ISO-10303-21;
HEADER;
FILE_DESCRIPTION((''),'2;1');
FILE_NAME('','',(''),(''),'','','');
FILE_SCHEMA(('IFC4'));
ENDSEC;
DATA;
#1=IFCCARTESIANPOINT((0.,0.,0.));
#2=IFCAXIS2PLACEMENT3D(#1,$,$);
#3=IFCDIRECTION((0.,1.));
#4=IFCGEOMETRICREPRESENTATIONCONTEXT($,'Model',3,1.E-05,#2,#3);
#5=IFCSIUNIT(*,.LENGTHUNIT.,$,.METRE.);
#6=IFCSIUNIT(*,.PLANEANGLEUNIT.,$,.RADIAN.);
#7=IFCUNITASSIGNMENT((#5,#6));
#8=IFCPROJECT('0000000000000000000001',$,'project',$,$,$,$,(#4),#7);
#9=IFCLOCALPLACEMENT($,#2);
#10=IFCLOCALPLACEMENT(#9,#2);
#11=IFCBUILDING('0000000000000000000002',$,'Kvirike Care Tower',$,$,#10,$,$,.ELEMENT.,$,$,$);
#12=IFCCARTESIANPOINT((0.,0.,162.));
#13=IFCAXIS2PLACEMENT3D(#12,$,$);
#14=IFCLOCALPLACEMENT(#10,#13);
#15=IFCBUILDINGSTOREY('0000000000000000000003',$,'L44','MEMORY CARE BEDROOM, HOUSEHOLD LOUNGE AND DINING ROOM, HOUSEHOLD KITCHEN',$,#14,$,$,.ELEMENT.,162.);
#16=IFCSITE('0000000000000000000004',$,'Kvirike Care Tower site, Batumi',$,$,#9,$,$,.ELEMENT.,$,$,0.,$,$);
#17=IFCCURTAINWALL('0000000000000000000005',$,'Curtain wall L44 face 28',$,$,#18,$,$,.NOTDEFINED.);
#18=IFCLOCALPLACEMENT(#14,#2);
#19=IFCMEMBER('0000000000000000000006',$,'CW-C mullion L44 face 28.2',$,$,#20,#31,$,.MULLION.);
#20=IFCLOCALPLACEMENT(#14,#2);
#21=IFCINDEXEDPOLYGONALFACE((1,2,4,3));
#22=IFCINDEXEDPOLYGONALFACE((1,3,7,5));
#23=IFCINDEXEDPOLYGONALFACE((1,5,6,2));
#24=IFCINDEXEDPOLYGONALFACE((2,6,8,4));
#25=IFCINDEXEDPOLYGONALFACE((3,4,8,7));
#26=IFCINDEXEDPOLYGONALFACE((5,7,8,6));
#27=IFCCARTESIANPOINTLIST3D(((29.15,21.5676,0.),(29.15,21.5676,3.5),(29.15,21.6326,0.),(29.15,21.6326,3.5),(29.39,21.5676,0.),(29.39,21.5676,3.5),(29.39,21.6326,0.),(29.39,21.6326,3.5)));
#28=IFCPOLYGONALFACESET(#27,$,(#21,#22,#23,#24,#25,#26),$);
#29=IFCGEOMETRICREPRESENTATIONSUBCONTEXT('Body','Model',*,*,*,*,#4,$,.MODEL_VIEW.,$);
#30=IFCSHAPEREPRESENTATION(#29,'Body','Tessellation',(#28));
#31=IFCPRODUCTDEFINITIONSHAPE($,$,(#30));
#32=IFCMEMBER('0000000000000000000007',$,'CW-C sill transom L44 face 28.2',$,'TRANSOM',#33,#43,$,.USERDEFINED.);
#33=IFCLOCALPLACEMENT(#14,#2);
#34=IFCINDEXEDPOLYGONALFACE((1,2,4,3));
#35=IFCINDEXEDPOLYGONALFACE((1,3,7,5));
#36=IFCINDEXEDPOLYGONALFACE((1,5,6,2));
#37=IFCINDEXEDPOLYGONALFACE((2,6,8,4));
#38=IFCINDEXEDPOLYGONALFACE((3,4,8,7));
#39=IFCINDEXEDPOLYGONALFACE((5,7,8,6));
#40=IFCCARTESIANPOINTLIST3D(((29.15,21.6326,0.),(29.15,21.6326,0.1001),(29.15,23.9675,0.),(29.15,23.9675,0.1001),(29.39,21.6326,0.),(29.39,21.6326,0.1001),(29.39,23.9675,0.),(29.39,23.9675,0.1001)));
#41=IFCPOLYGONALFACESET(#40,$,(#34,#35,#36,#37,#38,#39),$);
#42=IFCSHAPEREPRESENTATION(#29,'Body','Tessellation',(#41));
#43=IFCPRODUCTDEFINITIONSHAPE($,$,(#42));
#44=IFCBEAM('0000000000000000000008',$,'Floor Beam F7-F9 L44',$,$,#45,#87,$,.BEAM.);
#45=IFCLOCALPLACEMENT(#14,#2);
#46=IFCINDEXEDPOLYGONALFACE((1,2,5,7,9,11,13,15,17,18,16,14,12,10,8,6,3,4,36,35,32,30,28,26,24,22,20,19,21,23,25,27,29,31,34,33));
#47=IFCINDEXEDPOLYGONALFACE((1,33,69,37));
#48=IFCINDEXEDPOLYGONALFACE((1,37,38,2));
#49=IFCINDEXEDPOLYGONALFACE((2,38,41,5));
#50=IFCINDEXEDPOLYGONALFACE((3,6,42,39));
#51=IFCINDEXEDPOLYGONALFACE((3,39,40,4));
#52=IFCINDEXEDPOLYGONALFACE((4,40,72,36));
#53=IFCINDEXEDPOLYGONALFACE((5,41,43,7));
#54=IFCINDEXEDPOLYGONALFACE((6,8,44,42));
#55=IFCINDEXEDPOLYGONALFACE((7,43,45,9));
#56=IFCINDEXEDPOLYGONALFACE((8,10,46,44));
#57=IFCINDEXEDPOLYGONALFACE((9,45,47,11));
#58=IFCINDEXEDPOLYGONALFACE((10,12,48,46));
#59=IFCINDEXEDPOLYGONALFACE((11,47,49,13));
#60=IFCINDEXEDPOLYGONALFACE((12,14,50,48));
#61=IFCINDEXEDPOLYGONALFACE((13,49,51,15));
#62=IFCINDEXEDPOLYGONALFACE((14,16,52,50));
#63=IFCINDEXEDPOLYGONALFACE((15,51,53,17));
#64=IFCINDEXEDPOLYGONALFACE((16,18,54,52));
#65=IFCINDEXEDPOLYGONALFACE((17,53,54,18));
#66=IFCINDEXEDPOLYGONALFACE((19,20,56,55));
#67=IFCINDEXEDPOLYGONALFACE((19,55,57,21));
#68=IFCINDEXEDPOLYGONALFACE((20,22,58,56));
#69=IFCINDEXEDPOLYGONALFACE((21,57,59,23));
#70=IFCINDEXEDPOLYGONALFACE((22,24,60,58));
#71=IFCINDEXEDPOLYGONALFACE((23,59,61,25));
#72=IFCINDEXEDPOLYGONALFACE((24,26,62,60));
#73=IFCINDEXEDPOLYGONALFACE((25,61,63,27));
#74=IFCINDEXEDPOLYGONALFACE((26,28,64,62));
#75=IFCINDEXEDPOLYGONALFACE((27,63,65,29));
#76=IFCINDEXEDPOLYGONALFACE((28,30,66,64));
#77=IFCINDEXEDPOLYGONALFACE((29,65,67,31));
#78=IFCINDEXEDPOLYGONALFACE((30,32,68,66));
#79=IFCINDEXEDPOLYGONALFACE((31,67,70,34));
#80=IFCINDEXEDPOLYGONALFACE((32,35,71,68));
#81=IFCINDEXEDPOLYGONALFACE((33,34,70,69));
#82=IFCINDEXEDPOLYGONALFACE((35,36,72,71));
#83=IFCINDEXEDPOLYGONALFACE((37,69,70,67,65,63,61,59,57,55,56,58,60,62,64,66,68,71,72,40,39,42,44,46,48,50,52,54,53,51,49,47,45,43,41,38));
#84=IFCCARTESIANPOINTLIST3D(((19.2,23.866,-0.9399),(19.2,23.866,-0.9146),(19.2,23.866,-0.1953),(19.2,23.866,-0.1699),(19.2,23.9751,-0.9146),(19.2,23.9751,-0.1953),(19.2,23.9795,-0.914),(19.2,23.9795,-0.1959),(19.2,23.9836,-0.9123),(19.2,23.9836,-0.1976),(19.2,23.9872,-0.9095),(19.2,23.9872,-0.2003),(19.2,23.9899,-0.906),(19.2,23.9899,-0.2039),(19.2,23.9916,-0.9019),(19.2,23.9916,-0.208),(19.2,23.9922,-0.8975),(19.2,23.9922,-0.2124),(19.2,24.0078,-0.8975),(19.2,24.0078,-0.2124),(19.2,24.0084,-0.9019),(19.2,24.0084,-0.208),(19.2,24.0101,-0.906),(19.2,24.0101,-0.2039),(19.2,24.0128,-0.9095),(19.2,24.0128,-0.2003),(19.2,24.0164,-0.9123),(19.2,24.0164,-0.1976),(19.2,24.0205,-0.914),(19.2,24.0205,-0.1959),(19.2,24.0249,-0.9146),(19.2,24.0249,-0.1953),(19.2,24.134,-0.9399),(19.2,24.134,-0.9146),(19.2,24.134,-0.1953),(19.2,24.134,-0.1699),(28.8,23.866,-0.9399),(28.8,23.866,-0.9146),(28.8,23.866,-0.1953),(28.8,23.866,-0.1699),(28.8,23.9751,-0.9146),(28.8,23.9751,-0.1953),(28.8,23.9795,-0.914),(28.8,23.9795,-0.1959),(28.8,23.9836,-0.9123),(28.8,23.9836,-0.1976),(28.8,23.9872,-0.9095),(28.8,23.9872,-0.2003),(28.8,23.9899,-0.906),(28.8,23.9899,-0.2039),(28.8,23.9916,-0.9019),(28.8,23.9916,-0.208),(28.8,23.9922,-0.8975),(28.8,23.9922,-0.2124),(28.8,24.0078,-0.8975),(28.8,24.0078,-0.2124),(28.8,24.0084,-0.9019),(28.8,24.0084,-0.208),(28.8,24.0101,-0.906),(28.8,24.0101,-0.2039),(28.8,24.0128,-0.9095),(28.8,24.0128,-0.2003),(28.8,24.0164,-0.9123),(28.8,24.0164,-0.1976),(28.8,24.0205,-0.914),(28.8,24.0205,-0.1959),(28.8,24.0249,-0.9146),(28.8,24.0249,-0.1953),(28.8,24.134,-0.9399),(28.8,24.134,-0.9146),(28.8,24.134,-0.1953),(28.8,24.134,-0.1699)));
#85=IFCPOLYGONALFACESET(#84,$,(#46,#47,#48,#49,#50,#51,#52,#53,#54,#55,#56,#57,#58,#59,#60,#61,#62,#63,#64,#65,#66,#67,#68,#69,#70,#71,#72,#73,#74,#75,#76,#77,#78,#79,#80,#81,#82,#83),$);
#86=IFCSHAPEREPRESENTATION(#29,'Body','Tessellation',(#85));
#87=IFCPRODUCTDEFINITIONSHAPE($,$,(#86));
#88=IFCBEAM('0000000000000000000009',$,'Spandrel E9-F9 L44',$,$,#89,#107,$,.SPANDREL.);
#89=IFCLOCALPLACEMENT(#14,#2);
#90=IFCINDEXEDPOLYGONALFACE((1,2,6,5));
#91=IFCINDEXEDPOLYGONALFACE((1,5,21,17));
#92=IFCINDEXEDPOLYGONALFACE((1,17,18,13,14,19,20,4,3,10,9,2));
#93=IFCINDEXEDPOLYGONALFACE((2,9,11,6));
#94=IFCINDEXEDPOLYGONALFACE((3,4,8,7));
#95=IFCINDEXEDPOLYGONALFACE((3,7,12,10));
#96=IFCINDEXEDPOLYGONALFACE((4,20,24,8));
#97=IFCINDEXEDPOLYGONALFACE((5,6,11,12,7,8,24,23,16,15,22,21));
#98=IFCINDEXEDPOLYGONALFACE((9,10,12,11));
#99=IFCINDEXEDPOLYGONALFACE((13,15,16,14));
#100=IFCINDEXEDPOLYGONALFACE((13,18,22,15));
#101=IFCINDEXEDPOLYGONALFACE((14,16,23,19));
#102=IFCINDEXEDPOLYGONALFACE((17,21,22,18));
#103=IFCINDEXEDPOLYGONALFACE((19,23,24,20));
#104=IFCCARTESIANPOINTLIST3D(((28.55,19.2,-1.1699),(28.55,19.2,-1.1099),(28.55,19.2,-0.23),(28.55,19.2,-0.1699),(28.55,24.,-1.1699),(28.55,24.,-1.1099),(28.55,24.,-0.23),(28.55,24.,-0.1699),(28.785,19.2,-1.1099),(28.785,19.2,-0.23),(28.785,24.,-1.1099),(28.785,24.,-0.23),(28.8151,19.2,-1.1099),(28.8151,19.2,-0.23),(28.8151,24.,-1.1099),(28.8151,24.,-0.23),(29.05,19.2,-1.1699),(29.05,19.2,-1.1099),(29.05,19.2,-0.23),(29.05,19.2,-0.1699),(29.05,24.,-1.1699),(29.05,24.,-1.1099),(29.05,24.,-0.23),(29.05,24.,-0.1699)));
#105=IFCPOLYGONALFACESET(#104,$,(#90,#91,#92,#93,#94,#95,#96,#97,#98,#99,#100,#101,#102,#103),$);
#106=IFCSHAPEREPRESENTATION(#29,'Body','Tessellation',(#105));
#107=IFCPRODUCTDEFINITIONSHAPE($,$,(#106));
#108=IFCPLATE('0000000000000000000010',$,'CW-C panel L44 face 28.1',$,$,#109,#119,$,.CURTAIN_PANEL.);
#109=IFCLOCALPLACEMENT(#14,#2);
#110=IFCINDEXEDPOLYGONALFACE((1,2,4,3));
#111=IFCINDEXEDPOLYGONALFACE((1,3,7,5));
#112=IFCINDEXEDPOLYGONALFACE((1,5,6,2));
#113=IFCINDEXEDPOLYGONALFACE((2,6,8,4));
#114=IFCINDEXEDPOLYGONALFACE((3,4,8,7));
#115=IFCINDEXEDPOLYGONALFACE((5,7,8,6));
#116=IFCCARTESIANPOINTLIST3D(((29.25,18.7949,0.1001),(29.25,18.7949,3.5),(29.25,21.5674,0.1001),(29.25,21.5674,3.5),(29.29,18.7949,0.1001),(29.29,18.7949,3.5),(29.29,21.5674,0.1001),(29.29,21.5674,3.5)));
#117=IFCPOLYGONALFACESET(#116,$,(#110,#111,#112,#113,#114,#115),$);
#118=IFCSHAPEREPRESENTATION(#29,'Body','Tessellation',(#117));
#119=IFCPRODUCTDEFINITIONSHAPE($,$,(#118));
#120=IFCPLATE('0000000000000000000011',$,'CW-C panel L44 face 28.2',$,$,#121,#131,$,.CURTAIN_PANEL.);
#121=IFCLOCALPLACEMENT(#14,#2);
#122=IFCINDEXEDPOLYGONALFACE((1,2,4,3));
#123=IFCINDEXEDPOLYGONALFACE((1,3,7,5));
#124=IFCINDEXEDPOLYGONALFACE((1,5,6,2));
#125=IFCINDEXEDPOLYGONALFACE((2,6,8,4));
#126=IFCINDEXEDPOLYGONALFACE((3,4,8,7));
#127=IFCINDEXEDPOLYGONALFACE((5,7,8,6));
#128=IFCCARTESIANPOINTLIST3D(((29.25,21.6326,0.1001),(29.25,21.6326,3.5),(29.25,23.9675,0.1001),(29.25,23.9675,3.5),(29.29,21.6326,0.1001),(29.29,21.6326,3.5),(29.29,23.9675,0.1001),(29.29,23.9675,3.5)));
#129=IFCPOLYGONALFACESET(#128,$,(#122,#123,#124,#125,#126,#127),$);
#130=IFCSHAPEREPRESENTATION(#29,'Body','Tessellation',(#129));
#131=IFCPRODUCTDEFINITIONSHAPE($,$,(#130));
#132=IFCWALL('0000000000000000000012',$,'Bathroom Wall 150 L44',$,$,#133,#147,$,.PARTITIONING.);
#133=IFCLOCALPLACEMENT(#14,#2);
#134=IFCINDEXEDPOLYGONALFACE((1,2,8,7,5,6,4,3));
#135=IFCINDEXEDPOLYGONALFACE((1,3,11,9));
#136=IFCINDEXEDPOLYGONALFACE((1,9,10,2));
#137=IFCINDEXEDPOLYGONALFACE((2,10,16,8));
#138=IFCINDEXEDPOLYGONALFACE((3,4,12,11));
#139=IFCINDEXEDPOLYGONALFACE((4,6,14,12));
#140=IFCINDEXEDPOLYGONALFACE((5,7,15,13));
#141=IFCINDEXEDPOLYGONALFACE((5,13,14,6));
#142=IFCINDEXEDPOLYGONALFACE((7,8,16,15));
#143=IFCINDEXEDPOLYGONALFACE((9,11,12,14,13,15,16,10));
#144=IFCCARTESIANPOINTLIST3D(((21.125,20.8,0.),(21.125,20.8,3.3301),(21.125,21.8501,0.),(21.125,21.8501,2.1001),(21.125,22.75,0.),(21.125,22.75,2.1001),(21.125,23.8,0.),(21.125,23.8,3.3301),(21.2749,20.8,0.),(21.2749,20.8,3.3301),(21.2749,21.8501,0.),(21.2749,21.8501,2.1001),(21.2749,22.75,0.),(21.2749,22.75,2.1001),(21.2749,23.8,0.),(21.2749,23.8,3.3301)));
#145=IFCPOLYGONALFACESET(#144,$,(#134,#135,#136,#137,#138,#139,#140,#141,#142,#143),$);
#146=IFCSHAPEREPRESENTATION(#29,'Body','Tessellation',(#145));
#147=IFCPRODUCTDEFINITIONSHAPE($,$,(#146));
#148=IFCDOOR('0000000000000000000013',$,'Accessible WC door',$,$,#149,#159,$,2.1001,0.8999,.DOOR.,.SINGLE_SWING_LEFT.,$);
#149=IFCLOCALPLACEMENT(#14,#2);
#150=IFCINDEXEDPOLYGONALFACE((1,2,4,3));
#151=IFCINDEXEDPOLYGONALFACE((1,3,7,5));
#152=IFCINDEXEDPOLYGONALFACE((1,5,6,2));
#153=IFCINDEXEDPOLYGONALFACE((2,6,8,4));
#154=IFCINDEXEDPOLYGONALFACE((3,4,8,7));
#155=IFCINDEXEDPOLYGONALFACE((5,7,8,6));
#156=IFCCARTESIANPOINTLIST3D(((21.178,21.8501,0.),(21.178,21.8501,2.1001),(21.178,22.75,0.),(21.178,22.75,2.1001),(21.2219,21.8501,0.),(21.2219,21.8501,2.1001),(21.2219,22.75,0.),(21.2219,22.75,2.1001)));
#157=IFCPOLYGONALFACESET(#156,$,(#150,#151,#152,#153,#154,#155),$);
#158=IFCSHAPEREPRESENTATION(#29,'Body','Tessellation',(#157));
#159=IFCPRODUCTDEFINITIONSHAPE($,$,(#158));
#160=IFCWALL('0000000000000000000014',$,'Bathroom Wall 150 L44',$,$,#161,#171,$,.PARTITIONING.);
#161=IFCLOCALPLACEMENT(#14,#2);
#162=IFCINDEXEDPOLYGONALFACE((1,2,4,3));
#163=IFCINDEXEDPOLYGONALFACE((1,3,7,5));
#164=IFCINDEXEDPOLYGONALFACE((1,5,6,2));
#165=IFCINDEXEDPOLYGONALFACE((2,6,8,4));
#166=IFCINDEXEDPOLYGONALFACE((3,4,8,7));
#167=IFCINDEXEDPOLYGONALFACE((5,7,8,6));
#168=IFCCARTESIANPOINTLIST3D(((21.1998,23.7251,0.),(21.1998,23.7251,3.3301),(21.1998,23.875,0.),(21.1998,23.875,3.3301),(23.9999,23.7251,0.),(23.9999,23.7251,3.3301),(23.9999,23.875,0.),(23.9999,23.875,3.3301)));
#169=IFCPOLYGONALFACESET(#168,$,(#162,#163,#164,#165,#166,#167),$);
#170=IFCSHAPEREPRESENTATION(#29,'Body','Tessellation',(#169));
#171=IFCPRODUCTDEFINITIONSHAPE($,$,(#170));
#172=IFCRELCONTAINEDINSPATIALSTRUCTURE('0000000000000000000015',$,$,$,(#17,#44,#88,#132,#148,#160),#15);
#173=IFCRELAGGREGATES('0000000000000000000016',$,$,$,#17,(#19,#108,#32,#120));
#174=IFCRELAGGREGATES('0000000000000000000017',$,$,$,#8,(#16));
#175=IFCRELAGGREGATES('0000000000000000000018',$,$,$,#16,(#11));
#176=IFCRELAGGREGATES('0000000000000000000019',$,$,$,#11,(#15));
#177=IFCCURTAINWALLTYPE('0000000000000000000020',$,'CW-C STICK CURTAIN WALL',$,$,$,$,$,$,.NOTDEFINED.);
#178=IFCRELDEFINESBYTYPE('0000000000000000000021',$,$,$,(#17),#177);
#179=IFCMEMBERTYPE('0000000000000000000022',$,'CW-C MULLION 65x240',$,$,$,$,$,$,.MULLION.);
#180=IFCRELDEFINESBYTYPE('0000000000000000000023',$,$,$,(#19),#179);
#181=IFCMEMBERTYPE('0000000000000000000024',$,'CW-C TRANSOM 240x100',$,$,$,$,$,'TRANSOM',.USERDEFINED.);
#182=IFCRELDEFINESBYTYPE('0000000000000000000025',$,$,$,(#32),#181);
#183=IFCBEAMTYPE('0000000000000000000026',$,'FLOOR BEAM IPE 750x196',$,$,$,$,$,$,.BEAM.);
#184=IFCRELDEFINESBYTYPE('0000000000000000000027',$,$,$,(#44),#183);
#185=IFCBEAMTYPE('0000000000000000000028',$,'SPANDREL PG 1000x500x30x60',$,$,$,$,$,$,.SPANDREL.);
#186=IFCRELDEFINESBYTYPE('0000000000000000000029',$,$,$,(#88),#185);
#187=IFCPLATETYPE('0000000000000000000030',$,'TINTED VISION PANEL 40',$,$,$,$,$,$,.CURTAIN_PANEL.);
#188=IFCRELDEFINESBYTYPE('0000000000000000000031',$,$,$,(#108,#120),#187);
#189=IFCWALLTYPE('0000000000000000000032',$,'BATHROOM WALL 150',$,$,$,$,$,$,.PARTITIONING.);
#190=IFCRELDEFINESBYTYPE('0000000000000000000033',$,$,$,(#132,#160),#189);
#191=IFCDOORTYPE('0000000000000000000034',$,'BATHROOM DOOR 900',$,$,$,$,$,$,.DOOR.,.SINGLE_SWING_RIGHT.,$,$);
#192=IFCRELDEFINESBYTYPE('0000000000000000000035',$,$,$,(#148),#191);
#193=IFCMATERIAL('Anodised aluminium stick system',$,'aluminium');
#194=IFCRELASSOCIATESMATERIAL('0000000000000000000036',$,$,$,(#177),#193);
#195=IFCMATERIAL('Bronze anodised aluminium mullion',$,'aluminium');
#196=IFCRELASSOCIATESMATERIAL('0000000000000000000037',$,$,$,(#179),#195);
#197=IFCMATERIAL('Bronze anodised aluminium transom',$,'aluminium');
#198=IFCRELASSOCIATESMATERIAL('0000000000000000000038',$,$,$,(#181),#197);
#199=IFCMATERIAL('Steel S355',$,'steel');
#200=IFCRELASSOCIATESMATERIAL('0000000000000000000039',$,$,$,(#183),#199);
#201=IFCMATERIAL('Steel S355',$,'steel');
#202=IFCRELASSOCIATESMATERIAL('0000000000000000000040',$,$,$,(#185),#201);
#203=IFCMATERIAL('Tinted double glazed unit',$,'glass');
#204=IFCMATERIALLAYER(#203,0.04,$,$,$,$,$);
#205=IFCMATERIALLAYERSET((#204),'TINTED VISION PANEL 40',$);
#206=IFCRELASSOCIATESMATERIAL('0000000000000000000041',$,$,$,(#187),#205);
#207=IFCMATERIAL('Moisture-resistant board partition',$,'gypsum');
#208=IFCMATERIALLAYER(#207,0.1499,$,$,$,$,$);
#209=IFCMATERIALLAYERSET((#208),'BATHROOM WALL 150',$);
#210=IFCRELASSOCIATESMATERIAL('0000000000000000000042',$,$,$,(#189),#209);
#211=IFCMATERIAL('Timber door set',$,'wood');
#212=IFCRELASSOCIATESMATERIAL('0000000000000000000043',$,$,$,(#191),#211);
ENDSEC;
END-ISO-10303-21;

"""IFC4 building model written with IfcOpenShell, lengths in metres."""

from ifc_helpers import new_model, si_unit, direction, frame, frame_2d, origin, origin_2d, place, context, subcontext, project, spatial, rectangle, i_section, extrude, material, layer, layer_set, material_profile, profile_set, type_object, element, fill, aggregate, save


model = new_model("IFC4")

# Units and contexts
model_context = context("Model", 3, precision=1e-05, world=origin(), true_north=direction((0.0, 1.0)))
body_context = subcontext(model_context, "Body", "Model", "MODEL_VIEW")
ifc_project = project(units=[si_unit("LENGTHUNIT", "METRE"), si_unit("PLANEANGLEUNIT", "RADIAN")], contexts=[model_context])

# Site, building, storey
site_placement = place(None, origin())
site = spatial("IfcSite", under=ifc_project, at=site_placement, Name="Kvirike Care Tower site, Batumi", CompositionType="ELEMENT", RefElevation=0.0)
building_placement = place(site_placement, origin())
building = spatial("IfcBuilding", under=site, at=building_placement, Name="Kvirike Care Tower", CompositionType="ELEMENT")
storey_placement = place(building_placement, frame((0.0, 0.0, 162.0)))
storey = spatial("IfcBuildingStorey", under=building, at=storey_placement, Name="L44", Description="MEMORY CARE BEDROOM, HOUSEHOLD LOUNGE AND DINING ROOM, HOUSEHOLD KITCHEN", CompositionType="ELEMENT", Elevation=162.0)

# Curtain wall, members
ifc_material_1 = material(Name="Anodised aluminium stick system", Category="aluminium")
curtain_wall_type = type_object("IfcCurtainWallType", Name="CW-C STICK CURTAIN WALL", PredefinedType="NOTDEFINED", material=ifc_material_1)
curtain_wall_placement = place(storey_placement, origin())
curtain_wall = element("IfcCurtainWall", 1, at=curtain_wall_placement, inside=storey, type_object=curtain_wall_type, Name="Curtain wall L44 face 28", PredefinedType="NOTDEFINED")
ifc_material_2 = material(Name="Bronze anodised aluminium mullion", Category="aluminium")
ifc_material_profile_1 = material_profile(ifc_material_2, rectangle(XDim=0.0649, YDim=0.24, at=origin_2d()), Name="CW-C MULLION 65x240")
ifc_profile_set_1 = profile_set([ifc_material_profile_1], Name="Bronze anodised aluminium mullion")
member_type_1 = type_object("IfcMemberType", Name="CW-C MULLION 65x240", PredefinedType="MULLION", material=ifc_profile_set_1)
member_1_placement = place(storey_placement, frame((29.27, 21.6001, 0.0), z_axis=(0.0, 0.0, 1.0), x_axis=(0.0, 1.0, 0.0)))
member_1 = element("IfcMember", 2, at=member_1_placement, type_object=member_type_1, Name="CW-C mullion L44 face 28.2", PredefinedType="MULLION", context=body_context, shape_type="SweptSolid", body=[
    extrude(rectangle(XDim=0.0649, YDim=0.24, at=origin_2d()), origin(), (0.0, 0.0, 1.0), 3.5),
])
ifc_material_3 = material(Name="Bronze anodised aluminium transom", Category="aluminium")
ifc_material_profile_2 = material_profile(ifc_material_3, rectangle(XDim=0.24, YDim=0.1001, at=origin_2d()), Name="CW-C TRANSOM 240x100")
ifc_profile_set_2 = profile_set([ifc_material_profile_2], Name="Bronze anodised aluminium transom")
member_type_2 = type_object("IfcMemberType", Name="CW-C TRANSOM 240x100", ElementType="TRANSOM", PredefinedType="USERDEFINED", material=ifc_profile_set_2)
member_2_placement = place(storey_placement, frame((29.27, 21.6326, 0.05), z_axis=(0.0, 1.0, 0.0), x_axis=(-1.0, 0.0, 0.0)))
member_2 = element("IfcMember", 3, at=member_2_placement, type_object=member_type_2, Name="CW-C sill transom L44 face 28.2", ObjectType="TRANSOM", PredefinedType="USERDEFINED", context=body_context, shape_type="SweptSolid", body=[
    extrude(rectangle(XDim=0.24, YDim=0.1001, at=origin_2d()), origin(), (0.0, 0.0, 1.0), 2.335),
])

# Beams
ifc_material_4 = material(Name="Steel S355", Category="steel")
ifc_material_profile_3 = material_profile(ifc_material_4, i_section(OverallWidth=0.2681, OverallDepth=0.77, WebThickness=0.0156, FlangeThickness=0.0254, FilletRadius=0.0171, at=origin_2d()), Name="IPE 750x196")
ifc_profile_set_3 = profile_set([ifc_material_profile_3], Name="Steel S355")
beam_type_1 = type_object("IfcBeamType", Name="FLOOR BEAM IPE 750x196", PredefinedType="BEAM", material=ifc_profile_set_3)
beam_1_placement = place(storey_placement, frame((19.2, 24.0, -0.5549), z_axis=(1.0, 0.0, 0.0), x_axis=(0.0, 1.0, 0.0)))
element("IfcBeam", 4, at=beam_1_placement, inside=storey, type_object=beam_type_1, Name="Floor Beam F7-F9 L44", PredefinedType="BEAM", context=body_context, shape_type="SweptSolid", body=[
    extrude(i_section(OverallWidth=0.2681, OverallDepth=0.77, WebThickness=0.0156, FlangeThickness=0.0254, FilletRadius=0.0171, at=origin_2d()), origin(), (0.0, 0.0, 1.0), 9.6001),
])
ifc_material_5 = material(Name="Steel S355", Category="steel")
ifc_material_profile_4 = material_profile(ifc_material_5, i_section(OverallWidth=0.5, OverallDepth=1.0, WebThickness=0.03, FlangeThickness=0.0601, at=origin_2d()), Name="PG 1000x500x30x60")
ifc_profile_set_4 = profile_set([ifc_material_profile_4], Name="Steel S355")
beam_type_2 = type_object("IfcBeamType", Name="SPANDREL PG 1000x500x30x60", PredefinedType="SPANDREL", material=ifc_profile_set_4)
beam_2_placement = place(storey_placement, frame((28.8, 19.2, -0.6699), z_axis=(0.0, 1.0, 0.0), x_axis=(-1.0, 0.0, 0.0)))
element("IfcBeam", 5, at=beam_2_placement, inside=storey, type_object=beam_type_2, Name="Spandrel E9-F9 L44", PredefinedType="SPANDREL", context=body_context, shape_type="SweptSolid", body=[
    extrude(i_section(OverallWidth=0.5, OverallDepth=1.0, WebThickness=0.03, FlangeThickness=0.0601, at=origin_2d()), origin(), (0.0, 0.0, 1.0), 4.8),
])

# Plates
ifc_material_6 = material(Name="Tinted double glazed unit", Category="glass")
ifc_layer_1 = layer(ifc_material_6, 0.04)
ifc_layer_set_1 = layer_set([ifc_layer_1], Name="TINTED VISION PANEL 40")
plate_type = type_object("IfcPlateType", Name="TINTED VISION PANEL 40", PredefinedType="CURTAIN_PANEL", material=ifc_layer_set_1)
plate_1_placement = place(storey_placement, frame((29.27, 20.1812, 0.1001), z_axis=(0.0, 0.0, 1.0), x_axis=(0.0, 1.0, 0.0)))
plate_1 = element("IfcPlate", 6, at=plate_1_placement, type_object=plate_type, Name="CW-C panel L44 face 28.1", PredefinedType="CURTAIN_PANEL", context=body_context, shape_type="SweptSolid", body=[
    extrude(rectangle(XDim=2.7725, YDim=0.04, at=origin_2d()), origin(), (0.0, 0.0, 1.0), 3.3999),
])
plate_2_placement = place(storey_placement, frame((29.27, 22.8, 0.1001), z_axis=(0.0, 0.0, 1.0), x_axis=(0.0, 1.0, 0.0)))
plate_2 = element("IfcPlate", 7, at=plate_2_placement, type_object=plate_type, Name="CW-C panel L44 face 28.2", PredefinedType="CURTAIN_PANEL", context=body_context, shape_type="SweptSolid", body=[
    extrude(rectangle(XDim=2.335, YDim=0.04, at=origin_2d()), origin(), (0.0, 0.0, 1.0), 3.3999),
])
aggregate(curtain_wall, [member_1, plate_1, member_2, plate_2])

# Wall, opening, door
ifc_material_7 = material(Name="Moisture-resistant board partition", Category="gypsum")
ifc_layer_2 = layer(ifc_material_7, 0.1499)
ifc_layer_set_2 = layer_set([ifc_layer_2], Name="BATHROOM WALL 150")
wall_type_1 = type_object("IfcWallType", Name="BATHROOM WALL 150", PredefinedType="PARTITIONING", material=ifc_layer_set_2)
wall_1_placement = place(storey_placement, frame((21.2, 20.8, 0.0), z_axis=(0.0, 0.0, 1.0), x_axis=(0.0, 1.0, 0.0)))
wall_1 = element("IfcWall", 8, at=wall_1_placement, inside=storey, type_object=wall_type_1, Name="Bathroom Wall 150 L44", PredefinedType="PARTITIONING", context=body_context, shape_type="SweptSolid", body=[
    extrude(rectangle(XDim=3.0, YDim=0.1499, at=frame_2d((1.5, 0.0))), origin(), (0.0, 0.0, 1.0), 3.3301),
])
opening_1_placement = place(wall_1_placement, frame((1.05, 0.0, 0.0)))
opening_1 = element("IfcOpeningElement", 9, at=opening_1_placement, cuts=wall_1, PredefinedType="OPENING", context=body_context, shape_type="SweptSolid", body=[
    extrude(rectangle(XDim=0.8999, YDim=2.1001, at=frame_2d((0.45, 1.05))), frame((0.0, 0.0854, 0.0), z_axis=(0.0, -1.0, 0.0), x_axis=(1.0, 0.0, 0.0)), (0.0, 0.0, 1.0), 0.1709),
])
ifc_material_8 = material(Name="Timber door set", Category="wood")
door_type_1 = type_object("IfcDoorType", Name="BATHROOM DOOR 900", OperationType="SINGLE_SWING_RIGHT", PredefinedType="DOOR", material=ifc_material_8)
door_1_placement = place(opening_1_placement, frame((0.8999, 0.0, 0.0), z_axis=(0.0, 0.0, 1.0), x_axis=(-1.0, 0.0, 0.0)))
door_1 = element("IfcDoor", 10, at=door_1_placement, inside=storey, type_object=door_type_1, Name="Accessible WC door", OperationType="SINGLE_SWING_LEFT", OverallHeight=2.1001, OverallWidth=0.8999, PredefinedType="DOOR", context=body_context, shape_type="SweptSolid", body=[
    extrude(rectangle(XDim=0.8999, YDim=2.1001, at=frame_2d((0.45, 1.05))), frame((0.0, 0.022, 0.0), z_axis=(0.0, -1.0, 0.0), x_axis=(1.0, 0.0, 0.0)), (0.0, 0.0, 1.0), 0.0439),
])
fill(opening_1, door_1)

# Wall
wall_2_placement = place(storey_placement, frame((21.2, 23.8, 0.0), z_axis=(0.0, 0.0, 1.0), x_axis=(1.0, 0.0, 0.0)))
element("IfcWall", 11, at=wall_2_placement, inside=storey, type_object=wall_type_1, Name="Bathroom Wall 150 L44", PredefinedType="PARTITIONING", context=body_context, shape_type="SweptSolid", body=[
    extrude(rectangle(XDim=2.8, YDim=0.1499, at=frame_2d((1.3999, 0.0))), origin(), (0.0, 0.0, 1.0), 3.3301),
])

save(model, "model.ifc")
